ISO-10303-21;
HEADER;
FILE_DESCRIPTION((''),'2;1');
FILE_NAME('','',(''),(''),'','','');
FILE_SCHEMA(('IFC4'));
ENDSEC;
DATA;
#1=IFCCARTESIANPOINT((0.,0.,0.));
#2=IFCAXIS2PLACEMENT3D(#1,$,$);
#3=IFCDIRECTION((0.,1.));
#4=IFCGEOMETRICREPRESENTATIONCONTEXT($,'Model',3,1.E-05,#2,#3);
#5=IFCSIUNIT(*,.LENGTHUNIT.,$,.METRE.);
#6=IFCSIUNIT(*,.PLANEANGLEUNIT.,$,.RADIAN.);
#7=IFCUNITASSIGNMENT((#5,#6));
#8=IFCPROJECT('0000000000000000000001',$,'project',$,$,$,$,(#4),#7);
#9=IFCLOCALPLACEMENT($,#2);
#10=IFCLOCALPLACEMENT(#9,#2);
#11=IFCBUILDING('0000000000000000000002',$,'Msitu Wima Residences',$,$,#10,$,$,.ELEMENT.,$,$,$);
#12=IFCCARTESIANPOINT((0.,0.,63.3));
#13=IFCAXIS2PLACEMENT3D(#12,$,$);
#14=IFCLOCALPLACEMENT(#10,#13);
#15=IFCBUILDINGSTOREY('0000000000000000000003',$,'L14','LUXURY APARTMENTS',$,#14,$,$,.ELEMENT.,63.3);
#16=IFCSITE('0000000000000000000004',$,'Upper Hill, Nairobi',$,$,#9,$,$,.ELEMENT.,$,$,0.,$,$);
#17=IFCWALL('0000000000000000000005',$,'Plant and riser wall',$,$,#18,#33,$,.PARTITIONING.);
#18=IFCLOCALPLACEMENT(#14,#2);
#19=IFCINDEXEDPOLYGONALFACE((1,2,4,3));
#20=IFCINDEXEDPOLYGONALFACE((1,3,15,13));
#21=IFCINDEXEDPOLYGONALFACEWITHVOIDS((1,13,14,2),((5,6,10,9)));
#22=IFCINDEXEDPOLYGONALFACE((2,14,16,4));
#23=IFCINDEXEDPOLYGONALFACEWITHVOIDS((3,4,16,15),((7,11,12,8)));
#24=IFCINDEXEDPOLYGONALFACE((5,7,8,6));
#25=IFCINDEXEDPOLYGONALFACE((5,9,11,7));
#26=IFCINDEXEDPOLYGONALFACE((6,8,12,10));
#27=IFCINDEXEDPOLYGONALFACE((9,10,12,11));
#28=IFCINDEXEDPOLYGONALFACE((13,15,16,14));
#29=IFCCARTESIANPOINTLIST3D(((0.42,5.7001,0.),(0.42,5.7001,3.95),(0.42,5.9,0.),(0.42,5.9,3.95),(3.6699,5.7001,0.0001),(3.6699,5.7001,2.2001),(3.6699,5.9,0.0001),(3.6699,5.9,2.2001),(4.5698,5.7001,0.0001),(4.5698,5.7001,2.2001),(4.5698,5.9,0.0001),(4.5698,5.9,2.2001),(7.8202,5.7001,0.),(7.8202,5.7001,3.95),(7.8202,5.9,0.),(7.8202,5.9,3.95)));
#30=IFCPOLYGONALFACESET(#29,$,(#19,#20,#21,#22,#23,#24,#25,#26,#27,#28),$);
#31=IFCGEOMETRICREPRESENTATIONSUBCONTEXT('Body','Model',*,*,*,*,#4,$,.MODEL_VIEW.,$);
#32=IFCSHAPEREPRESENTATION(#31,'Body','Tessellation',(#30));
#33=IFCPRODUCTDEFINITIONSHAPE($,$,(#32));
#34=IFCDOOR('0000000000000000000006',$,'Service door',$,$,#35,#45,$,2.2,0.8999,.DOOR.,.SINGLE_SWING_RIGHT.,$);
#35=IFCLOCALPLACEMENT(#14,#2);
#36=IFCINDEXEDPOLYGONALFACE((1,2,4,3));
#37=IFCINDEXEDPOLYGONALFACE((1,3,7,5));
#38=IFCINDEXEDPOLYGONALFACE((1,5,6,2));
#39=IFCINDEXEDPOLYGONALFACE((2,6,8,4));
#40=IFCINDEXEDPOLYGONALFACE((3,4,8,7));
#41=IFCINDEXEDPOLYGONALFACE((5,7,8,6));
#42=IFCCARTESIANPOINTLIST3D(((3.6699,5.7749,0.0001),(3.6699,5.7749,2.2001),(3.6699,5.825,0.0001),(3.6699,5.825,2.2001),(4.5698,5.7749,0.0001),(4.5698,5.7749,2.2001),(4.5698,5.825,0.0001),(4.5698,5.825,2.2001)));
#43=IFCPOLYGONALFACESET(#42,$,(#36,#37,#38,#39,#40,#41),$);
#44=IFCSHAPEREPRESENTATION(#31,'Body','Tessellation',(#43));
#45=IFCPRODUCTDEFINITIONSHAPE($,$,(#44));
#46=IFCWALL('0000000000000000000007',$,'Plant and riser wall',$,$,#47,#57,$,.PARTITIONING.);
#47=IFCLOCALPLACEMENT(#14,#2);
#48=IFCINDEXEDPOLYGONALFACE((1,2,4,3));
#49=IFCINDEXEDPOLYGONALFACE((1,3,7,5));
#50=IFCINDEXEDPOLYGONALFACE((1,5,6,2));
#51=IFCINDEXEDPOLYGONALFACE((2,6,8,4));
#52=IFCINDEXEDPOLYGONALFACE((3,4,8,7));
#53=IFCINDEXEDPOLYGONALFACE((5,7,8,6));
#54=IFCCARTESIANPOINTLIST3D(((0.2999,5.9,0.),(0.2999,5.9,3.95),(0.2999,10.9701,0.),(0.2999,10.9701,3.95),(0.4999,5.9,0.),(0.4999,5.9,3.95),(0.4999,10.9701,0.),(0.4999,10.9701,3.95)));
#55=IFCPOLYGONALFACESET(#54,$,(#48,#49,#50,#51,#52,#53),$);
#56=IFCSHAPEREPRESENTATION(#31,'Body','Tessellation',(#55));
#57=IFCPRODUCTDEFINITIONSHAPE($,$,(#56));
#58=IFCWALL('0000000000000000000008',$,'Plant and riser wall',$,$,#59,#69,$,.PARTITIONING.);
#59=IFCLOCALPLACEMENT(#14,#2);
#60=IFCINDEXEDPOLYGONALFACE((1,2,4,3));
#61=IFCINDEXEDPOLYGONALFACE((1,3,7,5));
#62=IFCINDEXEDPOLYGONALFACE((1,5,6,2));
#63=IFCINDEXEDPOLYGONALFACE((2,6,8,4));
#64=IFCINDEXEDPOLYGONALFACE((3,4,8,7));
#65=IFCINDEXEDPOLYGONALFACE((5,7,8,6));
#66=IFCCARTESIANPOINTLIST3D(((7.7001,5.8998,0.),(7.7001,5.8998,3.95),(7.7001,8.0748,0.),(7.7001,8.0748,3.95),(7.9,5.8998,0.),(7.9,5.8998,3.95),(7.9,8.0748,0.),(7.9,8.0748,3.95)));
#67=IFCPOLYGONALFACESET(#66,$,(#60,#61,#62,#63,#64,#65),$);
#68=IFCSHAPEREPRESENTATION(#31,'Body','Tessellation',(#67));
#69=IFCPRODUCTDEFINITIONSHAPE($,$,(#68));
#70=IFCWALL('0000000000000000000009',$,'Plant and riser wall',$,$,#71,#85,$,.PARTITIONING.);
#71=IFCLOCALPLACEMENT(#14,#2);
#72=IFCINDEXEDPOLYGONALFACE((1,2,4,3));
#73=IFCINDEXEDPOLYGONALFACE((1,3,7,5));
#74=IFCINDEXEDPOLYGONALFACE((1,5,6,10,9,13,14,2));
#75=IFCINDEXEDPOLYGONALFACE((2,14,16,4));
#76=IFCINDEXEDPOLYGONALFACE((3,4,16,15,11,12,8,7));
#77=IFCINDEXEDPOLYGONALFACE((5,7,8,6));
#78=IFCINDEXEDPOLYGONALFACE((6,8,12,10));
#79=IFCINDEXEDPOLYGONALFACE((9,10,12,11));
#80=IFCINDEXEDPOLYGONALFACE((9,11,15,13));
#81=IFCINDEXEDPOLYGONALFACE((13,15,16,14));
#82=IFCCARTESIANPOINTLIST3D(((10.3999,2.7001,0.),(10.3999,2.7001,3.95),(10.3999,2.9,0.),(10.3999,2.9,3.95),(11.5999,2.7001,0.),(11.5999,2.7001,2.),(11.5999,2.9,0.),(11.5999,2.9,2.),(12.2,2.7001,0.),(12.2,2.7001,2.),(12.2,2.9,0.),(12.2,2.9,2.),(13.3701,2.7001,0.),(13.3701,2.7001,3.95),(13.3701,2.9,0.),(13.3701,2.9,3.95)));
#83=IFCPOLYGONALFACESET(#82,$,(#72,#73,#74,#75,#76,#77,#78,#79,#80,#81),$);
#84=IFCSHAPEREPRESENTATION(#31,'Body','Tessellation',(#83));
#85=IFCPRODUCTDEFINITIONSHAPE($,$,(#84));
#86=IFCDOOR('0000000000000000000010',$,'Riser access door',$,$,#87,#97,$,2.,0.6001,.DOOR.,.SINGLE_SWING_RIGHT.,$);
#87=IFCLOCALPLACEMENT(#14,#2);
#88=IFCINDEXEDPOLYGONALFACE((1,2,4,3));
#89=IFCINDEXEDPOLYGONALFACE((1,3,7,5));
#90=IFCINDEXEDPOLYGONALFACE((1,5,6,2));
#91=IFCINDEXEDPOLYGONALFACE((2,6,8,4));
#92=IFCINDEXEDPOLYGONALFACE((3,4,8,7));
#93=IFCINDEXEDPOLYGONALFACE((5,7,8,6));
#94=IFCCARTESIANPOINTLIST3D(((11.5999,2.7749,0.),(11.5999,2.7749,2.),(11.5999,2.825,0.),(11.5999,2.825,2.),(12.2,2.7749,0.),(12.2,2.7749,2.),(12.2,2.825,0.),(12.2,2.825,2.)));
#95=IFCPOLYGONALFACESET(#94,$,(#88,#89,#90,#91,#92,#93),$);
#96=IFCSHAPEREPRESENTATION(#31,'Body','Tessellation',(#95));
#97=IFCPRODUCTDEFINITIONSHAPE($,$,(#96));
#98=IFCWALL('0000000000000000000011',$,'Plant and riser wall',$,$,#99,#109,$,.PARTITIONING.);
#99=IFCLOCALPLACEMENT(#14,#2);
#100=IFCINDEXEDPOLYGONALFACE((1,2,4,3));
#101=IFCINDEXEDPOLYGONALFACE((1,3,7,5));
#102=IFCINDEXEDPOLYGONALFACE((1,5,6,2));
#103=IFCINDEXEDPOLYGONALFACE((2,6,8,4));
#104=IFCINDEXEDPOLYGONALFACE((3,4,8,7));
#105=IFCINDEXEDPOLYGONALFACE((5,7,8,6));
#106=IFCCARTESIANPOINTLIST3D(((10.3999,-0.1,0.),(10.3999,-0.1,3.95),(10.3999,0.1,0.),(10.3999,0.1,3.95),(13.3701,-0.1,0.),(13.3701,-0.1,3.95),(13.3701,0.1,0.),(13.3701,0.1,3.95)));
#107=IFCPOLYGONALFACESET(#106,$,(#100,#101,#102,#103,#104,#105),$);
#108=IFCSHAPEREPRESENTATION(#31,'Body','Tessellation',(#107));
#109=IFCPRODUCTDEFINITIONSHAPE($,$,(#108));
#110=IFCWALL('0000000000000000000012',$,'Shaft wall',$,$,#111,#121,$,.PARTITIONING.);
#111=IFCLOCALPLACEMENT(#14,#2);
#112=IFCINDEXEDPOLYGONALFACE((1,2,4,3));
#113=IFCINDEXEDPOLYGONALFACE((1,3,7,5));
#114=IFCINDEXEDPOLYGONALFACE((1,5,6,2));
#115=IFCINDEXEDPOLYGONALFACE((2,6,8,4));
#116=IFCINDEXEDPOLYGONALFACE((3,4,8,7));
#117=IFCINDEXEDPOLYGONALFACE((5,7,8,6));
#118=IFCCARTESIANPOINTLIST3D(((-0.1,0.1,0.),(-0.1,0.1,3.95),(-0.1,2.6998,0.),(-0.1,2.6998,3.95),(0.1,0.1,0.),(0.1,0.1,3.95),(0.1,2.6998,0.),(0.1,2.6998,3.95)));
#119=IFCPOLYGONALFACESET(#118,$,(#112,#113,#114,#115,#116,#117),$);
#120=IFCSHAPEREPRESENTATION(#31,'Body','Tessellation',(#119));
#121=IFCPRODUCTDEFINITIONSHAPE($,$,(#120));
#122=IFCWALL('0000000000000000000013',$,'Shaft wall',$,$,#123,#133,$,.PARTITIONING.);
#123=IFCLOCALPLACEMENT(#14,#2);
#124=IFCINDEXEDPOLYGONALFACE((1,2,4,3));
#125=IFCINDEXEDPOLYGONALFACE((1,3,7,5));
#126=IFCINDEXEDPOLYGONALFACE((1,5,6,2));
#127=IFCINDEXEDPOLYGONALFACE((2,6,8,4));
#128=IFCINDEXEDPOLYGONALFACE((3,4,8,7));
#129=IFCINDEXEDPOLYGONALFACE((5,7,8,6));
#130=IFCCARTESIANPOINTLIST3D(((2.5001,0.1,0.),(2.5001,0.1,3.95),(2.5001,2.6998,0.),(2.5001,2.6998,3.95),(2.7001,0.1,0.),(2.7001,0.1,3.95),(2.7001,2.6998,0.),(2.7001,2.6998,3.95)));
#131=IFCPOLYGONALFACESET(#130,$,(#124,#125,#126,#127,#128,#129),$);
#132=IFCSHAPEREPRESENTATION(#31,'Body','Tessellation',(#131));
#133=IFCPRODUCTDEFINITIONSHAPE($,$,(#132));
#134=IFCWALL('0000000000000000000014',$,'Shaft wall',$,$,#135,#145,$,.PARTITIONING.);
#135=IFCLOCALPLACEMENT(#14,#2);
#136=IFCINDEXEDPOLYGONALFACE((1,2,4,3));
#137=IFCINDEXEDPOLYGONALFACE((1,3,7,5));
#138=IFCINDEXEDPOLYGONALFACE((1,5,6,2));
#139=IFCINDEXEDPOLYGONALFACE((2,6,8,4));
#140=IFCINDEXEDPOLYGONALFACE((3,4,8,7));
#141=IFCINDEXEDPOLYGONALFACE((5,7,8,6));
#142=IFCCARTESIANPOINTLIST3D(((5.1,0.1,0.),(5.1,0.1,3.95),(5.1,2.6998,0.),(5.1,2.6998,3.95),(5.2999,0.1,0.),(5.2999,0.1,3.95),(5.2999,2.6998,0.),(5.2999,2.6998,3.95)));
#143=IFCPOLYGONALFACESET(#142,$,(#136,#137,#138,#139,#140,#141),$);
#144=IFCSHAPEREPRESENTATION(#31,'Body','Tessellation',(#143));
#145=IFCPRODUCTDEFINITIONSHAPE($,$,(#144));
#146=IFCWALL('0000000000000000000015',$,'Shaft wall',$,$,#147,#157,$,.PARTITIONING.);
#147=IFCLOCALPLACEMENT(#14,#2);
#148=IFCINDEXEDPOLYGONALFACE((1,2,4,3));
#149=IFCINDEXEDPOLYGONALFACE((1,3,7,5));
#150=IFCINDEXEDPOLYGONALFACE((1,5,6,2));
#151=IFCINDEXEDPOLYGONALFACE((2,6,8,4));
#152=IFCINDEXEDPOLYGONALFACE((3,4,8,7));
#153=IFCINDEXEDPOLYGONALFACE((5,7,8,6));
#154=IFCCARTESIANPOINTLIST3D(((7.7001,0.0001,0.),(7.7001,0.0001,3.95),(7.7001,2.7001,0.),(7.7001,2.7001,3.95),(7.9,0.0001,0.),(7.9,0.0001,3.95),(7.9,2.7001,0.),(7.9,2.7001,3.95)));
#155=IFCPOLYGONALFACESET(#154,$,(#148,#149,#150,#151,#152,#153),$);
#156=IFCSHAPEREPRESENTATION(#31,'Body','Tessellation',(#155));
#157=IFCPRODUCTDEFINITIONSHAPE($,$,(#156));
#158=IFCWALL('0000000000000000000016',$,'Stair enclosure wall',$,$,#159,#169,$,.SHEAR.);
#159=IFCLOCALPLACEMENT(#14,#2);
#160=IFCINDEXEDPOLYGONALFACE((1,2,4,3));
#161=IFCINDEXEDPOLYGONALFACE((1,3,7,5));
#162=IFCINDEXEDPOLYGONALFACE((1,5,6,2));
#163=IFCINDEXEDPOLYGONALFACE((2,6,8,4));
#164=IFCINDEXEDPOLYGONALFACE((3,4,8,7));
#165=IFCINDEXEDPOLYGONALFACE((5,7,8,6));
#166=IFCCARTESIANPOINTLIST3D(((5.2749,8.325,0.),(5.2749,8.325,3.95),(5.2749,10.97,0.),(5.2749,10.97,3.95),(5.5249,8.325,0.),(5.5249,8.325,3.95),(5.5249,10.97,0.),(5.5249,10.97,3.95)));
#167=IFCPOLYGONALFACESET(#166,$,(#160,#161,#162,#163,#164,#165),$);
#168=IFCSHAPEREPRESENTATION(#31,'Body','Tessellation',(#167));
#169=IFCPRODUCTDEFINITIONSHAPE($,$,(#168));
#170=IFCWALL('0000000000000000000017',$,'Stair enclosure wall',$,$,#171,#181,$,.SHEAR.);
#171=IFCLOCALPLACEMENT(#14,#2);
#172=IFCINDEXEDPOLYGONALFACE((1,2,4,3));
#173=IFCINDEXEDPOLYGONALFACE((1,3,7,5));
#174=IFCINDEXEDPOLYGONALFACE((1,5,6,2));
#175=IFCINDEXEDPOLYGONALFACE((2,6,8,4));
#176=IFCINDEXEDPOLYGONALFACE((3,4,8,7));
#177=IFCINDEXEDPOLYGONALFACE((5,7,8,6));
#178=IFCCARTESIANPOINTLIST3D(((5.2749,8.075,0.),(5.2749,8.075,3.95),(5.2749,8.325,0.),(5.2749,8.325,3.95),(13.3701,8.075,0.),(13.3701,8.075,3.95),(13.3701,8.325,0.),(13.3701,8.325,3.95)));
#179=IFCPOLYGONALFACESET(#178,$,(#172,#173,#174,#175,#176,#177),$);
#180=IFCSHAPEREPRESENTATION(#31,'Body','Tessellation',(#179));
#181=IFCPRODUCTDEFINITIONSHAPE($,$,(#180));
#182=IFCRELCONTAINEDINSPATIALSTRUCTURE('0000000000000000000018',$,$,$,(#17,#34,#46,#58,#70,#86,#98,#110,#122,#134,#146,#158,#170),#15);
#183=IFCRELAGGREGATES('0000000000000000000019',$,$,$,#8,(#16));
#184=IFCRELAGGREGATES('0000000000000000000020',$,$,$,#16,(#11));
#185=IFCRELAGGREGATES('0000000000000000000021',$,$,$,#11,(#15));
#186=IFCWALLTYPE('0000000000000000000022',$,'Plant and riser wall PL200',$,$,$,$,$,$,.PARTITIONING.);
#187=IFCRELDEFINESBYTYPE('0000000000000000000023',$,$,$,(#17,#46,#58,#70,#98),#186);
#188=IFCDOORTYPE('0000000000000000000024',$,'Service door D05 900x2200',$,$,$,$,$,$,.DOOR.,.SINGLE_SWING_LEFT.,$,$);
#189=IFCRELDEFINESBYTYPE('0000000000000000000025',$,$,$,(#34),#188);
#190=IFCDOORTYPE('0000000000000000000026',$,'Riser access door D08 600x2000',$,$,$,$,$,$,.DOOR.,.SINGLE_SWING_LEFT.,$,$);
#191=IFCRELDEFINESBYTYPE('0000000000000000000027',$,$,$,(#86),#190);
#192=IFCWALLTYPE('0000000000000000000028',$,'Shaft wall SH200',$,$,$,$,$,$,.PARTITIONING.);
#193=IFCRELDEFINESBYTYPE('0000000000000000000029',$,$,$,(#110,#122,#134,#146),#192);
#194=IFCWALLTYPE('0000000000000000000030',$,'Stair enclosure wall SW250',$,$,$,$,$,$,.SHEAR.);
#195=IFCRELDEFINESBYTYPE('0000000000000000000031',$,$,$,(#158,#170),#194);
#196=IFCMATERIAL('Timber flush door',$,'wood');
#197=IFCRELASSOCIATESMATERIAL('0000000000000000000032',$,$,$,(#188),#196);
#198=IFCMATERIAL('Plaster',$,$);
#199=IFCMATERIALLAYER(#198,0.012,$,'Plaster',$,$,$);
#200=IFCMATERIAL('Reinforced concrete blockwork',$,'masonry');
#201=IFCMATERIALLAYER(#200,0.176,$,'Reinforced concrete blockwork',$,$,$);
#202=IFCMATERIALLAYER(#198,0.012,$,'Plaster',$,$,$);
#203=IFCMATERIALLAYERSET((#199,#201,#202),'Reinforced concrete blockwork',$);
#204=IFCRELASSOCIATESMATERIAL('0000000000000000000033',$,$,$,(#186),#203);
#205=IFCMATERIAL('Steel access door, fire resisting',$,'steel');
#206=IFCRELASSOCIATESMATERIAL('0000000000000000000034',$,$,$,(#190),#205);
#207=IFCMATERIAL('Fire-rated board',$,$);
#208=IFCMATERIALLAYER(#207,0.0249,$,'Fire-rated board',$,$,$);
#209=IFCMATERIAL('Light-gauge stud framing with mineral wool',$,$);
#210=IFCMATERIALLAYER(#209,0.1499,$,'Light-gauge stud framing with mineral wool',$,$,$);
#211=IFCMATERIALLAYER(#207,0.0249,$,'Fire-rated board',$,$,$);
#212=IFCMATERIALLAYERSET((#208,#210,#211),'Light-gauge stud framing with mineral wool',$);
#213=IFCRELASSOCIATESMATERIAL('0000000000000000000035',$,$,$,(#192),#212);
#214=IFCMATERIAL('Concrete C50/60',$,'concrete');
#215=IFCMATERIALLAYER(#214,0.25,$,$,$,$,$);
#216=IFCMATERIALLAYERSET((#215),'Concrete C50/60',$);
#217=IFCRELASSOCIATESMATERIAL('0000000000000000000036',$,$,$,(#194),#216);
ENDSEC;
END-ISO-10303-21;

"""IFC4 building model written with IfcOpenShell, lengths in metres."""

from ifc_helpers import new_model, si_unit, direction, frame, frame_2d, origin, place, context, subcontext, project, spatial, rectangle, extrude, material, layer, layer_set, type_object, element, fill, save


model = new_model("IFC4")

# Units and contexts
model_context = context("Model", 3, precision=1e-05, world=origin(), true_north=direction((0.0, 1.0)))
body_context = subcontext(model_context, "Body", "Model", "MODEL_VIEW")
ifc_project = project(units=[si_unit("LENGTHUNIT", "METRE"), si_unit("PLANEANGLEUNIT", "RADIAN")], contexts=[model_context])

# Site, building, storey
site_placement = place(None, origin())
site = spatial("IfcSite", under=ifc_project, at=site_placement, Name="Upper Hill, Nairobi", CompositionType="ELEMENT", RefElevation=0.0)
building_placement = place(site_placement, origin())
building = spatial("IfcBuilding", under=site, at=building_placement, Name="Msitu Wima Residences", CompositionType="ELEMENT")
storey_placement = place(building_placement, frame((0.0, 0.0, 63.3)))
storey = spatial("IfcBuildingStorey", under=building, at=storey_placement, Name="L14", Description="LUXURY APARTMENTS", CompositionType="ELEMENT", Elevation=63.3)

# Wall, opening, door
ifc_material_1 = material(Name="Plaster")
ifc_material_2 = material(Name="Timber flush door", Category="wood")
door_type_1 = type_object("IfcDoorType", Name="Service door D05 900x2200", OperationType="SINGLE_SWING_LEFT", PredefinedType="DOOR", material=ifc_material_2)
ifc_layer_1 = layer(ifc_material_1, 0.012, Name="Plaster")
ifc_material_3 = material(Name="Reinforced concrete blockwork", Category="masonry")
ifc_layer_2 = layer(ifc_material_3, 0.176, Name="Reinforced concrete blockwork")
ifc_layer_3 = layer(ifc_material_1, 0.012, Name="Plaster")
ifc_layer_set_1 = layer_set([ifc_layer_1, ifc_layer_2, ifc_layer_3], Name="Reinforced concrete blockwork")
wall_type_1 = type_object("IfcWallType", Name="Plant and riser wall PL200", PredefinedType="PARTITIONING", material=ifc_layer_set_1)
wall_1_placement = place(storey_placement, frame((0.4199, 5.8, 0.0), z_axis=(0.0, 0.0, 1.0), x_axis=(1.0, 0.0, 0.0)))
wall_1 = element("IfcWall", 1, at=wall_1_placement, inside=storey, type_object=wall_type_1, Name="Plant and riser wall", PredefinedType="PARTITIONING", context=body_context, shape_type="SweptSolid", body=[
    extrude(rectangle(XDim=7.4001, YDim=0.2, at=frame_2d((3.7002, 0.0))), origin(), (0.0, 0.0, 1.0), 3.95),
])
opening_1_placement = place(wall_1_placement, frame((3.25, 0.0, 0.0)))
opening_1 = element("IfcOpeningElement", 2, at=opening_1_placement, cuts=wall_1, PredefinedType="OPENING", context=body_context, shape_type="SweptSolid", body=[
    extrude(rectangle(XDim=0.8999, YDim=2.2, at=frame_2d((0.45, 1.1001))), frame((0.0, 0.1099, 0.0), z_axis=(0.0, -1.0, 0.0), x_axis=(1.0, 0.0, 0.0)), (0.0, 0.0, 1.0), 0.22),
])
door_1_placement = place(opening_1_placement, origin())
door_1 = element("IfcDoor", 3, at=door_1_placement, inside=storey, type_object=door_type_1, Name="Service door", OperationType="SINGLE_SWING_RIGHT", OverallHeight=2.2, OverallWidth=0.8999, PredefinedType="DOOR", context=body_context, shape_type="SweptSolid", body=[
    extrude(rectangle(XDim=0.8999, YDim=2.2, at=frame_2d((0.45, 1.1001))), frame((0.0, 0.0249, 0.0), z_axis=(0.0, -1.0, 0.0), x_axis=(1.0, 0.0, 0.0)), (0.0, 0.0, 1.0), 0.05),
])
fill(opening_1, door_1)

# Walls
wall_2_placement = place(storey_placement, frame((0.3999, 5.8999, 0.0), z_axis=(0.0, 0.0, 1.0), x_axis=(0.0, 1.0, 0.0)))
element("IfcWall", 4, at=wall_2_placement, inside=storey, type_object=wall_type_1, Name="Plant and riser wall", PredefinedType="PARTITIONING", context=body_context, shape_type="SweptSolid", body=[
    extrude(rectangle(XDim=5.0701, YDim=0.2, at=frame_2d((2.5352, 0.0))), origin(), (0.0, 0.0, 1.0), 3.95),
])
wall_3_placement = place(storey_placement, frame((7.8, 5.8999, 0.0), z_axis=(0.0, 0.0, 1.0), x_axis=(0.0, 1.0, 0.0)))
element("IfcWall", 5, at=wall_3_placement, inside=storey, type_object=wall_type_1, Name="Plant and riser wall", PredefinedType="PARTITIONING", context=body_context, shape_type="SweptSolid", body=[
    extrude(rectangle(XDim=2.175, YDim=0.2, at=frame_2d((1.0874, 0.0))), origin(), (0.0, 0.0, 1.0), 3.95),
])

# Wall, opening, door
wall_4_placement = place(storey_placement, frame((10.3999, 2.8, 0.0), z_axis=(0.0, 0.0, 1.0), x_axis=(1.0, 0.0, 0.0)))
wall_4 = element("IfcWall", 6, at=wall_4_placement, inside=storey, type_object=wall_type_1, Name="Plant and riser wall", PredefinedType="PARTITIONING", context=body_context, shape_type="SweptSolid", body=[
    extrude(rectangle(XDim=2.9702, YDim=0.2, at=frame_2d((1.4851, 0.0))), origin(), (0.0, 0.0, 1.0), 3.95),
])
opening_2_placement = place(wall_4_placement, frame((1.2, 0.0, 0.0)))
opening_2 = element("IfcOpeningElement", 7, at=opening_2_placement, cuts=wall_4, PredefinedType="OPENING", context=body_context, shape_type="SweptSolid", body=[
    extrude(rectangle(XDim=0.6001, YDim=2.0, at=frame_2d((0.3, 1.0))), frame((0.0, 0.1099, 0.0), z_axis=(0.0, -1.0, 0.0), x_axis=(1.0, 0.0, 0.0)), (0.0, 0.0, 1.0), 0.22),
])
ifc_material_4 = material(Name="Steel access door, fire resisting", Category="steel")
door_type_2 = type_object("IfcDoorType", Name="Riser access door D08 600x2000", OperationType="SINGLE_SWING_LEFT", PredefinedType="DOOR", material=ifc_material_4)
door_2_placement = place(opening_2_placement, origin())
door_2 = element("IfcDoor", 8, at=door_2_placement, inside=storey, type_object=door_type_2, Name="Riser access door", OperationType="SINGLE_SWING_RIGHT", OverallHeight=2.0, OverallWidth=0.6001, PredefinedType="DOOR", context=body_context, shape_type="SweptSolid", body=[
    extrude(rectangle(XDim=0.6001, YDim=2.0, at=frame_2d((0.3, 1.0))), frame((0.0, 0.0249, 0.0), z_axis=(0.0, -1.0, 0.0), x_axis=(1.0, 0.0, 0.0)), (0.0, 0.0, 1.0), 0.05),
])
fill(opening_2, door_2)

# Walls
wall_5_placement = place(storey_placement, frame((10.3999, 0.0, 0.0), z_axis=(0.0, 0.0, 1.0), x_axis=(1.0, 0.0, 0.0)))
element("IfcWall", 9, at=wall_5_placement, inside=storey, type_object=wall_type_1, Name="Plant and riser wall", PredefinedType="PARTITIONING", context=body_context, shape_type="SweptSolid", body=[
    extrude(rectangle(XDim=2.9702, YDim=0.2, at=frame_2d((1.4851, 0.0))), origin(), (0.0, 0.0, 1.0), 3.95),
])
ifc_material_5 = material(Name="Fire-rated board")
ifc_layer_4 = layer(ifc_material_5, 0.0249, Name="Fire-rated board")
ifc_material_6 = material(Name="Light-gauge stud framing with mineral wool")
ifc_layer_5 = layer(ifc_material_6, 0.1499, Name="Light-gauge stud framing with mineral wool")
ifc_layer_6 = layer(ifc_material_5, 0.0249, Name="Fire-rated board")
ifc_layer_set_2 = layer_set([ifc_layer_4, ifc_layer_5, ifc_layer_6], Name="Light-gauge stud framing with mineral wool")
wall_type_2 = type_object("IfcWallType", Name="Shaft wall SH200", PredefinedType="PARTITIONING", material=ifc_layer_set_2)
for number, where, z_axis, x_axis, name in (
    (10, (0.0, 0.1001, 0.0), (0.0, 0.0, 1.0), (0.0, 1.0, 0.0), "Shaft wall"),
    (11, (2.6001, 0.1001, 0.0), (0.0, 0.0, 1.0), (0.0, 1.0, 0.0), "Shaft wall"),
    (12, (5.2, 0.1001, 0.0), (0.0, 0.0, 1.0), (0.0, 1.0, 0.0), "Shaft wall"),
):
    element("IfcWall", number, at=place(storey_placement, frame(where, z_axis=z_axis, x_axis=x_axis)), inside=storey, type_object=wall_type_2, Name=name, PredefinedType="PARTITIONING", context=body_context, shape_type="SweptSolid", body=[
        extrude(rectangle(XDim=2.5999, YDim=0.2, at=frame_2d((1.2998, 0.0))), origin(), (0.0, 0.0, 1.0), 3.95),
    ])
wall_6_placement = place(storey_placement, frame((7.8, 0.0, 0.0), z_axis=(0.0, 0.0, 1.0), x_axis=(0.0, 1.0, 0.0)))
element("IfcWall", 13, at=wall_6_placement, inside=storey, type_object=wall_type_2, Name="Shaft wall", PredefinedType="PARTITIONING", context=body_context, shape_type="SweptSolid", body=[
    extrude(rectangle(XDim=2.7, YDim=0.2, at=frame_2d((1.3501, 0.0))), origin(), (0.0, 0.0, 1.0), 3.95),
])
ifc_material_7 = material(Name="Concrete C50/60", Category="concrete")
ifc_layer_7 = layer(ifc_material_7, 0.25)
ifc_layer_set_3 = layer_set([ifc_layer_7], Name="Concrete C50/60")
wall_type_3 = type_object("IfcWallType", Name="Stair enclosure wall SW250", PredefinedType="SHEAR", material=ifc_layer_set_3)
wall_7_placement = place(storey_placement, frame((5.3999, 8.325, 0.0), z_axis=(0.0, 0.0, 1.0), x_axis=(0.0, 1.0, 0.0)))
element("IfcWall", 14, at=wall_7_placement, inside=storey, type_object=wall_type_3, Name="Stair enclosure wall", PredefinedType="SHEAR", context=body_context, shape_type="SweptSolid", body=[
    extrude(rectangle(XDim=2.645, YDim=0.25, at=frame_2d((1.3225, 0.0))), origin(), (0.0, 0.0, 1.0), 3.95),
])
wall_8_placement = place(storey_placement, frame((5.2749, 8.2, 0.0), z_axis=(0.0, 0.0, 1.0), x_axis=(1.0, 0.0, 0.0)))
element("IfcWall", 15, at=wall_8_placement, inside=storey, type_object=wall_type_3, Name="Stair enclosure wall", PredefinedType="SHEAR", context=body_context, shape_type="SweptSolid", body=[
    extrude(rectangle(XDim=8.0952, YDim=0.25, at=frame_2d((4.0476, 0.0))), origin(), (0.0, 0.0, 1.0), 3.95),
])

save(model, "model.ifc")
